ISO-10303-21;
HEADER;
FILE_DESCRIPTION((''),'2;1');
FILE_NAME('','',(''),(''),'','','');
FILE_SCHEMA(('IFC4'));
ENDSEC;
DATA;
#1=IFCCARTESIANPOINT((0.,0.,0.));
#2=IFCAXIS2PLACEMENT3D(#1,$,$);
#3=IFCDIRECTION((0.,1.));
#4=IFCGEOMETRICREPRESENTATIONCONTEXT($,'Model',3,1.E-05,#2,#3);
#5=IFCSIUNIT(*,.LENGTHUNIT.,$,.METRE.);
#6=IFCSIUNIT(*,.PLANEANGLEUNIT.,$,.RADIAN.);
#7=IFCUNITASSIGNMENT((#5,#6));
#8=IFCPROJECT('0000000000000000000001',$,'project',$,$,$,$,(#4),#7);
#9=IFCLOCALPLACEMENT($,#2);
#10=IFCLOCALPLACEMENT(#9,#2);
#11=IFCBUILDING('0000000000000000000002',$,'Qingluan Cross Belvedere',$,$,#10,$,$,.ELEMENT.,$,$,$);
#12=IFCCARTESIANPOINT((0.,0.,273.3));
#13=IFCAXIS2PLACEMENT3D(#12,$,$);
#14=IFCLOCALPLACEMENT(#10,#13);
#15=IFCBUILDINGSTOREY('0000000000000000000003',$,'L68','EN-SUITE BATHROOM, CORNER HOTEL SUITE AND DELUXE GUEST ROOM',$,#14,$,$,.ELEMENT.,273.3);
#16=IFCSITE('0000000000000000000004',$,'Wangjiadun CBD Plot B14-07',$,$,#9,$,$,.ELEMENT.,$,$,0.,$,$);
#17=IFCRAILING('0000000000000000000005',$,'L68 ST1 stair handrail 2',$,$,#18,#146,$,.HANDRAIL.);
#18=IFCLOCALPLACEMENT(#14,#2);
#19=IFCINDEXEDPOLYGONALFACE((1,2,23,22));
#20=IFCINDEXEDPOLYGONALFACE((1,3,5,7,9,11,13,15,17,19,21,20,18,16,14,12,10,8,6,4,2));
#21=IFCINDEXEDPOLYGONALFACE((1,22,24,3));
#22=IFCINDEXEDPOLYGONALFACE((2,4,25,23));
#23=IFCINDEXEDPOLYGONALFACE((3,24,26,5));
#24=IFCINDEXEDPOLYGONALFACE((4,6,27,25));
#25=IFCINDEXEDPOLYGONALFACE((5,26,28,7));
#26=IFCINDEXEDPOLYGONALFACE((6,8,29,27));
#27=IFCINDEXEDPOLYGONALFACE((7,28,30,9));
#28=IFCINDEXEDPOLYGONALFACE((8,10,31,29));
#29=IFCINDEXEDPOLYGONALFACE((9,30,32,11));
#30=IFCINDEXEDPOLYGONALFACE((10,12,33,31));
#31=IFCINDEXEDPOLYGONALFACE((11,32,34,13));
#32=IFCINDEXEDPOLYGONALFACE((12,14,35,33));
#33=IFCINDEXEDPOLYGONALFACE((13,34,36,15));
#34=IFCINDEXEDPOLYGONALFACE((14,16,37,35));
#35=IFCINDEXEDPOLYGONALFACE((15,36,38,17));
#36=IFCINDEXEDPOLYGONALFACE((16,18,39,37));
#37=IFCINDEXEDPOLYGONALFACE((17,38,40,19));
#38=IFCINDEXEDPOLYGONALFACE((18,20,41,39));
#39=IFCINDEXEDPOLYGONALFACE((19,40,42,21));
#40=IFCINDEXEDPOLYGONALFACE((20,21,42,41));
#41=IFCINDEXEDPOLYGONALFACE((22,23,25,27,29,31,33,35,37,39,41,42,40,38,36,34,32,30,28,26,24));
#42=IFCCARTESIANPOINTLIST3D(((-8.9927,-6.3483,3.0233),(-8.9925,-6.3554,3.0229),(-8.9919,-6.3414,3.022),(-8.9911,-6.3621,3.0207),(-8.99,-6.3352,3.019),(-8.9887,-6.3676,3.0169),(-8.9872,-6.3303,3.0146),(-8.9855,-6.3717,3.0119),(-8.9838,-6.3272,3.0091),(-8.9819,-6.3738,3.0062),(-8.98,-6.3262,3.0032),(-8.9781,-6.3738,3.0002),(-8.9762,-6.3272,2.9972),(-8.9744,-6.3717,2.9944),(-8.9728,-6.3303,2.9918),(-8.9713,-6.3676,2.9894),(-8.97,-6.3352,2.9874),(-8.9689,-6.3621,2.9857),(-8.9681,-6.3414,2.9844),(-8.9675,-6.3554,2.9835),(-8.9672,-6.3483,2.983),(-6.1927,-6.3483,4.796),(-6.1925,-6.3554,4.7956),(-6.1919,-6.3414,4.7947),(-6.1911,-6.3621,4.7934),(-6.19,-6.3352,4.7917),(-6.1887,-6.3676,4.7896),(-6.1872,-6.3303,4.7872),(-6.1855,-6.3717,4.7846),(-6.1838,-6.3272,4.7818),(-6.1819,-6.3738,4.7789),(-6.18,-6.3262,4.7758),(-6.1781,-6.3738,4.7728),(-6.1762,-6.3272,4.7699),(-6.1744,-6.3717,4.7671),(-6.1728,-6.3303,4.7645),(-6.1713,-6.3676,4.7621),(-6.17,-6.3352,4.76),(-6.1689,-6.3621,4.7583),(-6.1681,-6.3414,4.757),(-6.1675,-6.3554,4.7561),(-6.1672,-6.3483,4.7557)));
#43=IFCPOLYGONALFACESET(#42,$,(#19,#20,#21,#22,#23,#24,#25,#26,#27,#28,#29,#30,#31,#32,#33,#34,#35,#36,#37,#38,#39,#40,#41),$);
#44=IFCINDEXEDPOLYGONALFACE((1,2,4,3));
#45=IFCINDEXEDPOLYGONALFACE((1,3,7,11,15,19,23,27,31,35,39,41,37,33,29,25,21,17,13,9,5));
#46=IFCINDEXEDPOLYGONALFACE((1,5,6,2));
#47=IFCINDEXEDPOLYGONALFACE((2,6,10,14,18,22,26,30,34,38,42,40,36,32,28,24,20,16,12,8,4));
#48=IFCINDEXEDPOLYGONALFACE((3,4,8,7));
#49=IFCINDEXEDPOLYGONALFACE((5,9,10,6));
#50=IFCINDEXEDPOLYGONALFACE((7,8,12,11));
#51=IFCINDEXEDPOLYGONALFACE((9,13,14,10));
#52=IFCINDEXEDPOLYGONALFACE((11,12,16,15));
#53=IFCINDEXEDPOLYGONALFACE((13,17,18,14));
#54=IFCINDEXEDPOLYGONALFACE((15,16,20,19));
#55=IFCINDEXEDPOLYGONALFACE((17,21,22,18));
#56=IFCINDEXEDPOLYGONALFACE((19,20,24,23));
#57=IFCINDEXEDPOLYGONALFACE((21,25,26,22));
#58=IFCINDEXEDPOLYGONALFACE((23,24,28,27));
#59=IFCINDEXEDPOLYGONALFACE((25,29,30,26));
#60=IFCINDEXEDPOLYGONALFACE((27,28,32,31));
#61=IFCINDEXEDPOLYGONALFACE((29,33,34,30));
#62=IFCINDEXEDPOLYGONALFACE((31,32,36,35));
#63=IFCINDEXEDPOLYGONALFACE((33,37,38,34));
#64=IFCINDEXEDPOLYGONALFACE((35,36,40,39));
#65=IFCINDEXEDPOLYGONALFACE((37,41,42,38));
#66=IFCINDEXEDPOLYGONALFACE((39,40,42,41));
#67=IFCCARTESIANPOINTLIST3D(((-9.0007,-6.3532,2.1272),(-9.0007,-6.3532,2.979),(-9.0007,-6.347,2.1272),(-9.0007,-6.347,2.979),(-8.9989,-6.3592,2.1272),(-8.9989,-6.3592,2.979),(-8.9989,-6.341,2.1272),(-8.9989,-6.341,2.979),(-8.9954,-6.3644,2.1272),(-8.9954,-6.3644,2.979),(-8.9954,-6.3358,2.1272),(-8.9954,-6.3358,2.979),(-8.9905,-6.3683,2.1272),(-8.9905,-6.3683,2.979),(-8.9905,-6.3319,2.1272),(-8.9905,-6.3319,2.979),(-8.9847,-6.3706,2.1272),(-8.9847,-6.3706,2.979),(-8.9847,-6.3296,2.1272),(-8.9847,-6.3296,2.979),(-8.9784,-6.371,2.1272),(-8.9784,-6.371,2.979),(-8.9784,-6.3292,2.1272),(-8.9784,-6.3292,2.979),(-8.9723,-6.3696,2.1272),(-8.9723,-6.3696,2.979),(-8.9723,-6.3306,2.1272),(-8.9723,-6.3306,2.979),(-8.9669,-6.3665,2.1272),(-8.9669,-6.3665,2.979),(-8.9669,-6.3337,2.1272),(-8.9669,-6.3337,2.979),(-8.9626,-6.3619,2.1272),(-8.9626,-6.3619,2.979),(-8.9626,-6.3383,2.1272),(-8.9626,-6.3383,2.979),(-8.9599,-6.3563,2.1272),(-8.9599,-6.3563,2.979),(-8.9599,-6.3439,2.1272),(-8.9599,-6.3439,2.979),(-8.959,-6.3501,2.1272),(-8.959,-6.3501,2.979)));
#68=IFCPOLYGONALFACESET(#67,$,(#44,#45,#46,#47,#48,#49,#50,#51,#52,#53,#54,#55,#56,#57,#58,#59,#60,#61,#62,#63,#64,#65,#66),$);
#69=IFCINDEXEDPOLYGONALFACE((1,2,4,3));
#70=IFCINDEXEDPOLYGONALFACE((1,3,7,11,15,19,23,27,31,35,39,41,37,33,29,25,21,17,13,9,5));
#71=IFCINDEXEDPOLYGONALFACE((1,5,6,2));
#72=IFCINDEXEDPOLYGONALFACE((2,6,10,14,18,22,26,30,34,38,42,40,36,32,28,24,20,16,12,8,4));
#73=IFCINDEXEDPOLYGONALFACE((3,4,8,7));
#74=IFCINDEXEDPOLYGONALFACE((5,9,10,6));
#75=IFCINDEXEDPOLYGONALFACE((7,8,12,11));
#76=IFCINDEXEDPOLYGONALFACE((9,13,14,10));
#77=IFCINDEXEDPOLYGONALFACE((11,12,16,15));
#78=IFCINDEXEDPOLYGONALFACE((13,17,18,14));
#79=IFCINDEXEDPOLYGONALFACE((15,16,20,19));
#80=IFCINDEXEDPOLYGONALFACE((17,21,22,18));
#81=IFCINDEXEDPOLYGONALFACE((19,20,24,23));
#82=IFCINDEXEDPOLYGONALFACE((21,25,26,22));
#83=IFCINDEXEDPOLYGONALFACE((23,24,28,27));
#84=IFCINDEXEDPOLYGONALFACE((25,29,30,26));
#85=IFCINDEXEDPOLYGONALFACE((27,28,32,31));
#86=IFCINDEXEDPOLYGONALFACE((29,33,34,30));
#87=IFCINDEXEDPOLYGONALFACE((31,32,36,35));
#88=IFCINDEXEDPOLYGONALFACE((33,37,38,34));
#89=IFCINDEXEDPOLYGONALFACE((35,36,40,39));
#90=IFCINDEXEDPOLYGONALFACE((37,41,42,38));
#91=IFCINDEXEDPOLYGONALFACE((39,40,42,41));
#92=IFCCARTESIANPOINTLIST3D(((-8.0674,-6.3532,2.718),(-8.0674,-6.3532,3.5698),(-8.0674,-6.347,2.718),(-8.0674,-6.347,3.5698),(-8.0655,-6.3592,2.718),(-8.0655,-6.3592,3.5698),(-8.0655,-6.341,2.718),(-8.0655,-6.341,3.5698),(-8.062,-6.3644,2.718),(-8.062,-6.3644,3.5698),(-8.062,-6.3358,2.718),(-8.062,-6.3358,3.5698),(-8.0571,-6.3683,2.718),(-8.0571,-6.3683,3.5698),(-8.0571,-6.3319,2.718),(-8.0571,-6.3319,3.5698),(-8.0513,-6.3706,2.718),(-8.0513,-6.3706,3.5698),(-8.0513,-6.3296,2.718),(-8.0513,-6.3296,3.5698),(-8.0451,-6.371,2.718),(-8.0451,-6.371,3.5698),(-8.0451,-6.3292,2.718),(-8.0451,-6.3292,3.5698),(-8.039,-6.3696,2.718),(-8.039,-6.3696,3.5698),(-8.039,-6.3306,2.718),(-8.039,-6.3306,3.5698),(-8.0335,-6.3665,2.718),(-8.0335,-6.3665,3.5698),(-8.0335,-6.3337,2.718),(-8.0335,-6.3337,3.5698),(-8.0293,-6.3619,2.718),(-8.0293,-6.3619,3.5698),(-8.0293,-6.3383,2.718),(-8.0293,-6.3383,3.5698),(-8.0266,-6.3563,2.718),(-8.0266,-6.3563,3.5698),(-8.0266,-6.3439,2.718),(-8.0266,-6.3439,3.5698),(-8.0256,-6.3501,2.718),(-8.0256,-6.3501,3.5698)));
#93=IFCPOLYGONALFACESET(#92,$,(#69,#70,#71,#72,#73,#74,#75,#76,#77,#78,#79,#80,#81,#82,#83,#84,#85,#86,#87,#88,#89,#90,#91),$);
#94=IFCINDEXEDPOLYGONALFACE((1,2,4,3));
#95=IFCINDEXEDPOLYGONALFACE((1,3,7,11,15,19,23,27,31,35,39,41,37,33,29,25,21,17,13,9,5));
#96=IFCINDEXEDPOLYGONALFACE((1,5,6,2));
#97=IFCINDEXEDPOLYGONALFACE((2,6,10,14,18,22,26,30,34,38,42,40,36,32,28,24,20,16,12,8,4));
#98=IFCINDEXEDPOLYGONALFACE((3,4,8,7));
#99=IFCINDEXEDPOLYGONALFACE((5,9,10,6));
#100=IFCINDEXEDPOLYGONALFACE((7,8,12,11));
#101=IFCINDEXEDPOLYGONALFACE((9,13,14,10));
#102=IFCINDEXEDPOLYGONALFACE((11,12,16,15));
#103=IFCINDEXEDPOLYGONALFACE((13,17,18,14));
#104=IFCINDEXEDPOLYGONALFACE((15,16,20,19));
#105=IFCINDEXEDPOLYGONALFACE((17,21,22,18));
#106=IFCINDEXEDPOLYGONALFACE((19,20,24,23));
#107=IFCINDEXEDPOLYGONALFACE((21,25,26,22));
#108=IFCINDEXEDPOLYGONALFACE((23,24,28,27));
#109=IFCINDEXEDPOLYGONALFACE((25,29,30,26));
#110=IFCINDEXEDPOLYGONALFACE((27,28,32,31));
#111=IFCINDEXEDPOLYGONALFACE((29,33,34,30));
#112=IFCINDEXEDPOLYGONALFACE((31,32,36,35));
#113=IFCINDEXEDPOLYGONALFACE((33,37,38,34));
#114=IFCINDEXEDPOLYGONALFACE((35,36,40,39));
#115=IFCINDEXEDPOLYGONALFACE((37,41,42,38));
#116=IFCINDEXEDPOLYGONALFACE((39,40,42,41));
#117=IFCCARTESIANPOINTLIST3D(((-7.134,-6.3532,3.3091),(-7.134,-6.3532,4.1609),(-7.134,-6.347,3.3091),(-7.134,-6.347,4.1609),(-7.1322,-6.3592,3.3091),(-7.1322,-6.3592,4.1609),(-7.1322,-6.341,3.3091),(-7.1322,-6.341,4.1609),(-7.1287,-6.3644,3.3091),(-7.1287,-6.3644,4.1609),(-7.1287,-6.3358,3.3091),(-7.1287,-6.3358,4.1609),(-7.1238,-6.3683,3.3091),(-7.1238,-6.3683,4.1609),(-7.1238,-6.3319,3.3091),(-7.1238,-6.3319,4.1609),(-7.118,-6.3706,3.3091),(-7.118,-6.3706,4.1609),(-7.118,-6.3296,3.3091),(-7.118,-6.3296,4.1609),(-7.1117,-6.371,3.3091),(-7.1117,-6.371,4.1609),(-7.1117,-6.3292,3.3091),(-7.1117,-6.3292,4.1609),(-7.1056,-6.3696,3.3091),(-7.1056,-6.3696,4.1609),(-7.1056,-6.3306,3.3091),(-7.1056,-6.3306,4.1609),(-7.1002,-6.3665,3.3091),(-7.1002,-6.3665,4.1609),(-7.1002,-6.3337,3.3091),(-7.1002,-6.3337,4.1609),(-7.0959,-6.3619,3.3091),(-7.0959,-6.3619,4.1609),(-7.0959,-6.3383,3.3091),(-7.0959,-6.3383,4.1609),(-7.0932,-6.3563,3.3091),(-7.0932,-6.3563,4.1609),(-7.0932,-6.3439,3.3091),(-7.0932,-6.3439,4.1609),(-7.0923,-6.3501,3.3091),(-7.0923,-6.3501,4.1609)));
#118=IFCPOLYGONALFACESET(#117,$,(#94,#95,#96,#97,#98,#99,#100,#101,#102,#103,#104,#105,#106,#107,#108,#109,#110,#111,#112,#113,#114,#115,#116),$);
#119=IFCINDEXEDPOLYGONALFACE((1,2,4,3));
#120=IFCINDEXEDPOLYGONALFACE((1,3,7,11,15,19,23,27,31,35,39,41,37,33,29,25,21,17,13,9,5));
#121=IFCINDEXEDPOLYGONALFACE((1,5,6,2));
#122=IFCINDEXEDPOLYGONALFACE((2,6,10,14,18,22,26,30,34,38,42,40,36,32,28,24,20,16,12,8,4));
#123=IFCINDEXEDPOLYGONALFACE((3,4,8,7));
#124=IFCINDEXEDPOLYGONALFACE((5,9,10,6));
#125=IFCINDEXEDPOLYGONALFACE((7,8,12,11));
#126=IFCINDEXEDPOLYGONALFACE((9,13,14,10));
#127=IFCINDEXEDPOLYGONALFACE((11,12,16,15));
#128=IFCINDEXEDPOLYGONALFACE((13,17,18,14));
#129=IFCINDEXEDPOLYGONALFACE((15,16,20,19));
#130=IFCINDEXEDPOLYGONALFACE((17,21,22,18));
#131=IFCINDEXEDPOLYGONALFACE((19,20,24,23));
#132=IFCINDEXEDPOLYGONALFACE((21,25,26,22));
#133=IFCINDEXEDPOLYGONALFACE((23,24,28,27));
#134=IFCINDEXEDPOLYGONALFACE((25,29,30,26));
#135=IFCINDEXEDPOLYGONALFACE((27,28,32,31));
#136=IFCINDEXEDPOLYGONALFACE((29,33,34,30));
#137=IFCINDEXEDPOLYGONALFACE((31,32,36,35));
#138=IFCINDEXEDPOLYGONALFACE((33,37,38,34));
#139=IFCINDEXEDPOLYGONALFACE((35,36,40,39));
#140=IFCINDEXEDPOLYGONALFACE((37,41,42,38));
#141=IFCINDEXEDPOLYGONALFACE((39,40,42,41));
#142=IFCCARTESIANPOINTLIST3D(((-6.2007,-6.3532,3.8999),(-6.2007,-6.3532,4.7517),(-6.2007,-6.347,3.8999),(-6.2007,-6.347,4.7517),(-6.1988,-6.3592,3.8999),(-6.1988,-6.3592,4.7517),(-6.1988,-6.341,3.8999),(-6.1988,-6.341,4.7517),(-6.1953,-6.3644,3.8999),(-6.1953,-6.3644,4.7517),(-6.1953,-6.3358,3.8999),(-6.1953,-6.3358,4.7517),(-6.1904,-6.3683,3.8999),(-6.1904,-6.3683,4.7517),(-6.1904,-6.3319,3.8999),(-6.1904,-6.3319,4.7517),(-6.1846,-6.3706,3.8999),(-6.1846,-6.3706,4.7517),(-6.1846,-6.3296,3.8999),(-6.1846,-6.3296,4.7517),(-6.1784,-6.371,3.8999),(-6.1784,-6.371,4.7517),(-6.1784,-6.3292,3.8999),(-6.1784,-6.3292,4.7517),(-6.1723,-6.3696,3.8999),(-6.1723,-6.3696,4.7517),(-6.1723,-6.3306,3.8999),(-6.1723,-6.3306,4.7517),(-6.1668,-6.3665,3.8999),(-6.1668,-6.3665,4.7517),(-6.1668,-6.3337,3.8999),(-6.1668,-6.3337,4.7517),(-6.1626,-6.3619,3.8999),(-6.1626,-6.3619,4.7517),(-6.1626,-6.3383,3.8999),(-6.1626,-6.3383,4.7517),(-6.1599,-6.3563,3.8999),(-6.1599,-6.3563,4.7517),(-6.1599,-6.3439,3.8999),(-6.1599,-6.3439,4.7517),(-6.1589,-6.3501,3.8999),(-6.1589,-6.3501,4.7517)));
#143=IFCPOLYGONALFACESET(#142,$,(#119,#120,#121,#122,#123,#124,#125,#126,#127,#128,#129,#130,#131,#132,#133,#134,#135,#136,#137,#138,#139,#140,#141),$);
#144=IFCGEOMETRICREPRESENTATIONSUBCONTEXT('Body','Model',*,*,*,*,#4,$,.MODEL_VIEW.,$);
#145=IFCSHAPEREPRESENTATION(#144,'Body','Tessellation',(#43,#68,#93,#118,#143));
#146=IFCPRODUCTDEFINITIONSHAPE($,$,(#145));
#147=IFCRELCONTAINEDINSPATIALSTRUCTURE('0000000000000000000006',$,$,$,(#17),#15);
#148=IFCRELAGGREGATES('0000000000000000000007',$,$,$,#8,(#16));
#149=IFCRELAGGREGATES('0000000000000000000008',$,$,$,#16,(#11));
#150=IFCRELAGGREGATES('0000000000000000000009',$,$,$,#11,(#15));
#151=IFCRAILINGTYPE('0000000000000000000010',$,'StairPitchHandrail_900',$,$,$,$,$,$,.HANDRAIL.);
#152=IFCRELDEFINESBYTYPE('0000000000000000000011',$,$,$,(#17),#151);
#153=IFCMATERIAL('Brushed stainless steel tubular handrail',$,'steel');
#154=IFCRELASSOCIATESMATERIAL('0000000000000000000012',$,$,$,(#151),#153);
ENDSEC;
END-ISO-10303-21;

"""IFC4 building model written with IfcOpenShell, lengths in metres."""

from ifc_helpers import new_model, si_unit, direction, frame, origin, origin_2d, place, context, subcontext, project, spatial, circle, extrude, material, type_object, element, save


model = new_model("IFC4")

# Units and contexts
model_context = context("Model", 3, precision=1e-05, world=origin(), true_north=direction((0.0, 1.0)))
body_context = subcontext(model_context, "Body", "Model", "MODEL_VIEW")
ifc_project = project(units=[si_unit("LENGTHUNIT", "METRE"), si_unit("PLANEANGLEUNIT", "RADIAN")], contexts=[model_context])

# Site, building, storey
site_placement = place(None, origin())
site = spatial("IfcSite", under=ifc_project, at=site_placement, Name="Wangjiadun CBD Plot B14-07", CompositionType="ELEMENT", RefElevation=0.0)
building_placement = place(site_placement, origin())
building = spatial("IfcBuilding", under=site, at=building_placement, Name="Qingluan Cross Belvedere", CompositionType="ELEMENT")
storey_placement = place(building_placement, frame((0.0, 0.0, 273.3)))
storey = spatial("IfcBuildingStorey", under=building, at=storey_placement, Name="L68", Description="EN-SUITE BATHROOM, CORNER HOTEL SUITE AND DELUXE GUEST ROOM", CompositionType="ELEMENT", Elevation=273.3)

# Railing
ifc_material_1 = material(Name="Brushed stainless steel tubular handrail", Category="steel")
railing_type_1 = type_object("IfcRailingType", Name="StairPitchHandrail_900", PredefinedType="HANDRAIL", material=ifc_material_1)
railing_1_placement = place(storey_placement, frame((-8.98, -6.3501, 2.1272)))
element("IfcRailing", 1, at=railing_1_placement, inside=storey, type_object=railing_type_1, Name="L68 ST1 stair handrail 2", PredefinedType="HANDRAIL", context=body_context, shape_type="SweptSolid", body=[
    extrude(circle(Radius=0.0239, at=origin_2d()), frame((0.0, 0.0, 0.876), z_axis=(0.844909, 0.0, 0.53491), x_axis=(0.0, 1.0, 0.0)), (0.0, 0.0, 1.0), 3.314),
    extrude(circle(Radius=0.021, at=origin_2d()), origin(), (0.0, 0.0, 1.0), 0.8518),
    extrude(circle(Radius=0.021, at=origin_2d()), frame((0.9333, 0.0, 0.5908)), (0.0, 0.0, 1.0), 0.8518),
    extrude(circle(Radius=0.021, at=origin_2d()), frame((1.8667, 0.0, 1.1819)), (0.0, 0.0, 1.0), 0.8518),
    extrude(circle(Radius=0.021, at=origin_2d()), frame((2.8, 0.0, 1.7727)), (0.0, 0.0, 1.0), 0.8518),
])

save(model, "model.ifc")
